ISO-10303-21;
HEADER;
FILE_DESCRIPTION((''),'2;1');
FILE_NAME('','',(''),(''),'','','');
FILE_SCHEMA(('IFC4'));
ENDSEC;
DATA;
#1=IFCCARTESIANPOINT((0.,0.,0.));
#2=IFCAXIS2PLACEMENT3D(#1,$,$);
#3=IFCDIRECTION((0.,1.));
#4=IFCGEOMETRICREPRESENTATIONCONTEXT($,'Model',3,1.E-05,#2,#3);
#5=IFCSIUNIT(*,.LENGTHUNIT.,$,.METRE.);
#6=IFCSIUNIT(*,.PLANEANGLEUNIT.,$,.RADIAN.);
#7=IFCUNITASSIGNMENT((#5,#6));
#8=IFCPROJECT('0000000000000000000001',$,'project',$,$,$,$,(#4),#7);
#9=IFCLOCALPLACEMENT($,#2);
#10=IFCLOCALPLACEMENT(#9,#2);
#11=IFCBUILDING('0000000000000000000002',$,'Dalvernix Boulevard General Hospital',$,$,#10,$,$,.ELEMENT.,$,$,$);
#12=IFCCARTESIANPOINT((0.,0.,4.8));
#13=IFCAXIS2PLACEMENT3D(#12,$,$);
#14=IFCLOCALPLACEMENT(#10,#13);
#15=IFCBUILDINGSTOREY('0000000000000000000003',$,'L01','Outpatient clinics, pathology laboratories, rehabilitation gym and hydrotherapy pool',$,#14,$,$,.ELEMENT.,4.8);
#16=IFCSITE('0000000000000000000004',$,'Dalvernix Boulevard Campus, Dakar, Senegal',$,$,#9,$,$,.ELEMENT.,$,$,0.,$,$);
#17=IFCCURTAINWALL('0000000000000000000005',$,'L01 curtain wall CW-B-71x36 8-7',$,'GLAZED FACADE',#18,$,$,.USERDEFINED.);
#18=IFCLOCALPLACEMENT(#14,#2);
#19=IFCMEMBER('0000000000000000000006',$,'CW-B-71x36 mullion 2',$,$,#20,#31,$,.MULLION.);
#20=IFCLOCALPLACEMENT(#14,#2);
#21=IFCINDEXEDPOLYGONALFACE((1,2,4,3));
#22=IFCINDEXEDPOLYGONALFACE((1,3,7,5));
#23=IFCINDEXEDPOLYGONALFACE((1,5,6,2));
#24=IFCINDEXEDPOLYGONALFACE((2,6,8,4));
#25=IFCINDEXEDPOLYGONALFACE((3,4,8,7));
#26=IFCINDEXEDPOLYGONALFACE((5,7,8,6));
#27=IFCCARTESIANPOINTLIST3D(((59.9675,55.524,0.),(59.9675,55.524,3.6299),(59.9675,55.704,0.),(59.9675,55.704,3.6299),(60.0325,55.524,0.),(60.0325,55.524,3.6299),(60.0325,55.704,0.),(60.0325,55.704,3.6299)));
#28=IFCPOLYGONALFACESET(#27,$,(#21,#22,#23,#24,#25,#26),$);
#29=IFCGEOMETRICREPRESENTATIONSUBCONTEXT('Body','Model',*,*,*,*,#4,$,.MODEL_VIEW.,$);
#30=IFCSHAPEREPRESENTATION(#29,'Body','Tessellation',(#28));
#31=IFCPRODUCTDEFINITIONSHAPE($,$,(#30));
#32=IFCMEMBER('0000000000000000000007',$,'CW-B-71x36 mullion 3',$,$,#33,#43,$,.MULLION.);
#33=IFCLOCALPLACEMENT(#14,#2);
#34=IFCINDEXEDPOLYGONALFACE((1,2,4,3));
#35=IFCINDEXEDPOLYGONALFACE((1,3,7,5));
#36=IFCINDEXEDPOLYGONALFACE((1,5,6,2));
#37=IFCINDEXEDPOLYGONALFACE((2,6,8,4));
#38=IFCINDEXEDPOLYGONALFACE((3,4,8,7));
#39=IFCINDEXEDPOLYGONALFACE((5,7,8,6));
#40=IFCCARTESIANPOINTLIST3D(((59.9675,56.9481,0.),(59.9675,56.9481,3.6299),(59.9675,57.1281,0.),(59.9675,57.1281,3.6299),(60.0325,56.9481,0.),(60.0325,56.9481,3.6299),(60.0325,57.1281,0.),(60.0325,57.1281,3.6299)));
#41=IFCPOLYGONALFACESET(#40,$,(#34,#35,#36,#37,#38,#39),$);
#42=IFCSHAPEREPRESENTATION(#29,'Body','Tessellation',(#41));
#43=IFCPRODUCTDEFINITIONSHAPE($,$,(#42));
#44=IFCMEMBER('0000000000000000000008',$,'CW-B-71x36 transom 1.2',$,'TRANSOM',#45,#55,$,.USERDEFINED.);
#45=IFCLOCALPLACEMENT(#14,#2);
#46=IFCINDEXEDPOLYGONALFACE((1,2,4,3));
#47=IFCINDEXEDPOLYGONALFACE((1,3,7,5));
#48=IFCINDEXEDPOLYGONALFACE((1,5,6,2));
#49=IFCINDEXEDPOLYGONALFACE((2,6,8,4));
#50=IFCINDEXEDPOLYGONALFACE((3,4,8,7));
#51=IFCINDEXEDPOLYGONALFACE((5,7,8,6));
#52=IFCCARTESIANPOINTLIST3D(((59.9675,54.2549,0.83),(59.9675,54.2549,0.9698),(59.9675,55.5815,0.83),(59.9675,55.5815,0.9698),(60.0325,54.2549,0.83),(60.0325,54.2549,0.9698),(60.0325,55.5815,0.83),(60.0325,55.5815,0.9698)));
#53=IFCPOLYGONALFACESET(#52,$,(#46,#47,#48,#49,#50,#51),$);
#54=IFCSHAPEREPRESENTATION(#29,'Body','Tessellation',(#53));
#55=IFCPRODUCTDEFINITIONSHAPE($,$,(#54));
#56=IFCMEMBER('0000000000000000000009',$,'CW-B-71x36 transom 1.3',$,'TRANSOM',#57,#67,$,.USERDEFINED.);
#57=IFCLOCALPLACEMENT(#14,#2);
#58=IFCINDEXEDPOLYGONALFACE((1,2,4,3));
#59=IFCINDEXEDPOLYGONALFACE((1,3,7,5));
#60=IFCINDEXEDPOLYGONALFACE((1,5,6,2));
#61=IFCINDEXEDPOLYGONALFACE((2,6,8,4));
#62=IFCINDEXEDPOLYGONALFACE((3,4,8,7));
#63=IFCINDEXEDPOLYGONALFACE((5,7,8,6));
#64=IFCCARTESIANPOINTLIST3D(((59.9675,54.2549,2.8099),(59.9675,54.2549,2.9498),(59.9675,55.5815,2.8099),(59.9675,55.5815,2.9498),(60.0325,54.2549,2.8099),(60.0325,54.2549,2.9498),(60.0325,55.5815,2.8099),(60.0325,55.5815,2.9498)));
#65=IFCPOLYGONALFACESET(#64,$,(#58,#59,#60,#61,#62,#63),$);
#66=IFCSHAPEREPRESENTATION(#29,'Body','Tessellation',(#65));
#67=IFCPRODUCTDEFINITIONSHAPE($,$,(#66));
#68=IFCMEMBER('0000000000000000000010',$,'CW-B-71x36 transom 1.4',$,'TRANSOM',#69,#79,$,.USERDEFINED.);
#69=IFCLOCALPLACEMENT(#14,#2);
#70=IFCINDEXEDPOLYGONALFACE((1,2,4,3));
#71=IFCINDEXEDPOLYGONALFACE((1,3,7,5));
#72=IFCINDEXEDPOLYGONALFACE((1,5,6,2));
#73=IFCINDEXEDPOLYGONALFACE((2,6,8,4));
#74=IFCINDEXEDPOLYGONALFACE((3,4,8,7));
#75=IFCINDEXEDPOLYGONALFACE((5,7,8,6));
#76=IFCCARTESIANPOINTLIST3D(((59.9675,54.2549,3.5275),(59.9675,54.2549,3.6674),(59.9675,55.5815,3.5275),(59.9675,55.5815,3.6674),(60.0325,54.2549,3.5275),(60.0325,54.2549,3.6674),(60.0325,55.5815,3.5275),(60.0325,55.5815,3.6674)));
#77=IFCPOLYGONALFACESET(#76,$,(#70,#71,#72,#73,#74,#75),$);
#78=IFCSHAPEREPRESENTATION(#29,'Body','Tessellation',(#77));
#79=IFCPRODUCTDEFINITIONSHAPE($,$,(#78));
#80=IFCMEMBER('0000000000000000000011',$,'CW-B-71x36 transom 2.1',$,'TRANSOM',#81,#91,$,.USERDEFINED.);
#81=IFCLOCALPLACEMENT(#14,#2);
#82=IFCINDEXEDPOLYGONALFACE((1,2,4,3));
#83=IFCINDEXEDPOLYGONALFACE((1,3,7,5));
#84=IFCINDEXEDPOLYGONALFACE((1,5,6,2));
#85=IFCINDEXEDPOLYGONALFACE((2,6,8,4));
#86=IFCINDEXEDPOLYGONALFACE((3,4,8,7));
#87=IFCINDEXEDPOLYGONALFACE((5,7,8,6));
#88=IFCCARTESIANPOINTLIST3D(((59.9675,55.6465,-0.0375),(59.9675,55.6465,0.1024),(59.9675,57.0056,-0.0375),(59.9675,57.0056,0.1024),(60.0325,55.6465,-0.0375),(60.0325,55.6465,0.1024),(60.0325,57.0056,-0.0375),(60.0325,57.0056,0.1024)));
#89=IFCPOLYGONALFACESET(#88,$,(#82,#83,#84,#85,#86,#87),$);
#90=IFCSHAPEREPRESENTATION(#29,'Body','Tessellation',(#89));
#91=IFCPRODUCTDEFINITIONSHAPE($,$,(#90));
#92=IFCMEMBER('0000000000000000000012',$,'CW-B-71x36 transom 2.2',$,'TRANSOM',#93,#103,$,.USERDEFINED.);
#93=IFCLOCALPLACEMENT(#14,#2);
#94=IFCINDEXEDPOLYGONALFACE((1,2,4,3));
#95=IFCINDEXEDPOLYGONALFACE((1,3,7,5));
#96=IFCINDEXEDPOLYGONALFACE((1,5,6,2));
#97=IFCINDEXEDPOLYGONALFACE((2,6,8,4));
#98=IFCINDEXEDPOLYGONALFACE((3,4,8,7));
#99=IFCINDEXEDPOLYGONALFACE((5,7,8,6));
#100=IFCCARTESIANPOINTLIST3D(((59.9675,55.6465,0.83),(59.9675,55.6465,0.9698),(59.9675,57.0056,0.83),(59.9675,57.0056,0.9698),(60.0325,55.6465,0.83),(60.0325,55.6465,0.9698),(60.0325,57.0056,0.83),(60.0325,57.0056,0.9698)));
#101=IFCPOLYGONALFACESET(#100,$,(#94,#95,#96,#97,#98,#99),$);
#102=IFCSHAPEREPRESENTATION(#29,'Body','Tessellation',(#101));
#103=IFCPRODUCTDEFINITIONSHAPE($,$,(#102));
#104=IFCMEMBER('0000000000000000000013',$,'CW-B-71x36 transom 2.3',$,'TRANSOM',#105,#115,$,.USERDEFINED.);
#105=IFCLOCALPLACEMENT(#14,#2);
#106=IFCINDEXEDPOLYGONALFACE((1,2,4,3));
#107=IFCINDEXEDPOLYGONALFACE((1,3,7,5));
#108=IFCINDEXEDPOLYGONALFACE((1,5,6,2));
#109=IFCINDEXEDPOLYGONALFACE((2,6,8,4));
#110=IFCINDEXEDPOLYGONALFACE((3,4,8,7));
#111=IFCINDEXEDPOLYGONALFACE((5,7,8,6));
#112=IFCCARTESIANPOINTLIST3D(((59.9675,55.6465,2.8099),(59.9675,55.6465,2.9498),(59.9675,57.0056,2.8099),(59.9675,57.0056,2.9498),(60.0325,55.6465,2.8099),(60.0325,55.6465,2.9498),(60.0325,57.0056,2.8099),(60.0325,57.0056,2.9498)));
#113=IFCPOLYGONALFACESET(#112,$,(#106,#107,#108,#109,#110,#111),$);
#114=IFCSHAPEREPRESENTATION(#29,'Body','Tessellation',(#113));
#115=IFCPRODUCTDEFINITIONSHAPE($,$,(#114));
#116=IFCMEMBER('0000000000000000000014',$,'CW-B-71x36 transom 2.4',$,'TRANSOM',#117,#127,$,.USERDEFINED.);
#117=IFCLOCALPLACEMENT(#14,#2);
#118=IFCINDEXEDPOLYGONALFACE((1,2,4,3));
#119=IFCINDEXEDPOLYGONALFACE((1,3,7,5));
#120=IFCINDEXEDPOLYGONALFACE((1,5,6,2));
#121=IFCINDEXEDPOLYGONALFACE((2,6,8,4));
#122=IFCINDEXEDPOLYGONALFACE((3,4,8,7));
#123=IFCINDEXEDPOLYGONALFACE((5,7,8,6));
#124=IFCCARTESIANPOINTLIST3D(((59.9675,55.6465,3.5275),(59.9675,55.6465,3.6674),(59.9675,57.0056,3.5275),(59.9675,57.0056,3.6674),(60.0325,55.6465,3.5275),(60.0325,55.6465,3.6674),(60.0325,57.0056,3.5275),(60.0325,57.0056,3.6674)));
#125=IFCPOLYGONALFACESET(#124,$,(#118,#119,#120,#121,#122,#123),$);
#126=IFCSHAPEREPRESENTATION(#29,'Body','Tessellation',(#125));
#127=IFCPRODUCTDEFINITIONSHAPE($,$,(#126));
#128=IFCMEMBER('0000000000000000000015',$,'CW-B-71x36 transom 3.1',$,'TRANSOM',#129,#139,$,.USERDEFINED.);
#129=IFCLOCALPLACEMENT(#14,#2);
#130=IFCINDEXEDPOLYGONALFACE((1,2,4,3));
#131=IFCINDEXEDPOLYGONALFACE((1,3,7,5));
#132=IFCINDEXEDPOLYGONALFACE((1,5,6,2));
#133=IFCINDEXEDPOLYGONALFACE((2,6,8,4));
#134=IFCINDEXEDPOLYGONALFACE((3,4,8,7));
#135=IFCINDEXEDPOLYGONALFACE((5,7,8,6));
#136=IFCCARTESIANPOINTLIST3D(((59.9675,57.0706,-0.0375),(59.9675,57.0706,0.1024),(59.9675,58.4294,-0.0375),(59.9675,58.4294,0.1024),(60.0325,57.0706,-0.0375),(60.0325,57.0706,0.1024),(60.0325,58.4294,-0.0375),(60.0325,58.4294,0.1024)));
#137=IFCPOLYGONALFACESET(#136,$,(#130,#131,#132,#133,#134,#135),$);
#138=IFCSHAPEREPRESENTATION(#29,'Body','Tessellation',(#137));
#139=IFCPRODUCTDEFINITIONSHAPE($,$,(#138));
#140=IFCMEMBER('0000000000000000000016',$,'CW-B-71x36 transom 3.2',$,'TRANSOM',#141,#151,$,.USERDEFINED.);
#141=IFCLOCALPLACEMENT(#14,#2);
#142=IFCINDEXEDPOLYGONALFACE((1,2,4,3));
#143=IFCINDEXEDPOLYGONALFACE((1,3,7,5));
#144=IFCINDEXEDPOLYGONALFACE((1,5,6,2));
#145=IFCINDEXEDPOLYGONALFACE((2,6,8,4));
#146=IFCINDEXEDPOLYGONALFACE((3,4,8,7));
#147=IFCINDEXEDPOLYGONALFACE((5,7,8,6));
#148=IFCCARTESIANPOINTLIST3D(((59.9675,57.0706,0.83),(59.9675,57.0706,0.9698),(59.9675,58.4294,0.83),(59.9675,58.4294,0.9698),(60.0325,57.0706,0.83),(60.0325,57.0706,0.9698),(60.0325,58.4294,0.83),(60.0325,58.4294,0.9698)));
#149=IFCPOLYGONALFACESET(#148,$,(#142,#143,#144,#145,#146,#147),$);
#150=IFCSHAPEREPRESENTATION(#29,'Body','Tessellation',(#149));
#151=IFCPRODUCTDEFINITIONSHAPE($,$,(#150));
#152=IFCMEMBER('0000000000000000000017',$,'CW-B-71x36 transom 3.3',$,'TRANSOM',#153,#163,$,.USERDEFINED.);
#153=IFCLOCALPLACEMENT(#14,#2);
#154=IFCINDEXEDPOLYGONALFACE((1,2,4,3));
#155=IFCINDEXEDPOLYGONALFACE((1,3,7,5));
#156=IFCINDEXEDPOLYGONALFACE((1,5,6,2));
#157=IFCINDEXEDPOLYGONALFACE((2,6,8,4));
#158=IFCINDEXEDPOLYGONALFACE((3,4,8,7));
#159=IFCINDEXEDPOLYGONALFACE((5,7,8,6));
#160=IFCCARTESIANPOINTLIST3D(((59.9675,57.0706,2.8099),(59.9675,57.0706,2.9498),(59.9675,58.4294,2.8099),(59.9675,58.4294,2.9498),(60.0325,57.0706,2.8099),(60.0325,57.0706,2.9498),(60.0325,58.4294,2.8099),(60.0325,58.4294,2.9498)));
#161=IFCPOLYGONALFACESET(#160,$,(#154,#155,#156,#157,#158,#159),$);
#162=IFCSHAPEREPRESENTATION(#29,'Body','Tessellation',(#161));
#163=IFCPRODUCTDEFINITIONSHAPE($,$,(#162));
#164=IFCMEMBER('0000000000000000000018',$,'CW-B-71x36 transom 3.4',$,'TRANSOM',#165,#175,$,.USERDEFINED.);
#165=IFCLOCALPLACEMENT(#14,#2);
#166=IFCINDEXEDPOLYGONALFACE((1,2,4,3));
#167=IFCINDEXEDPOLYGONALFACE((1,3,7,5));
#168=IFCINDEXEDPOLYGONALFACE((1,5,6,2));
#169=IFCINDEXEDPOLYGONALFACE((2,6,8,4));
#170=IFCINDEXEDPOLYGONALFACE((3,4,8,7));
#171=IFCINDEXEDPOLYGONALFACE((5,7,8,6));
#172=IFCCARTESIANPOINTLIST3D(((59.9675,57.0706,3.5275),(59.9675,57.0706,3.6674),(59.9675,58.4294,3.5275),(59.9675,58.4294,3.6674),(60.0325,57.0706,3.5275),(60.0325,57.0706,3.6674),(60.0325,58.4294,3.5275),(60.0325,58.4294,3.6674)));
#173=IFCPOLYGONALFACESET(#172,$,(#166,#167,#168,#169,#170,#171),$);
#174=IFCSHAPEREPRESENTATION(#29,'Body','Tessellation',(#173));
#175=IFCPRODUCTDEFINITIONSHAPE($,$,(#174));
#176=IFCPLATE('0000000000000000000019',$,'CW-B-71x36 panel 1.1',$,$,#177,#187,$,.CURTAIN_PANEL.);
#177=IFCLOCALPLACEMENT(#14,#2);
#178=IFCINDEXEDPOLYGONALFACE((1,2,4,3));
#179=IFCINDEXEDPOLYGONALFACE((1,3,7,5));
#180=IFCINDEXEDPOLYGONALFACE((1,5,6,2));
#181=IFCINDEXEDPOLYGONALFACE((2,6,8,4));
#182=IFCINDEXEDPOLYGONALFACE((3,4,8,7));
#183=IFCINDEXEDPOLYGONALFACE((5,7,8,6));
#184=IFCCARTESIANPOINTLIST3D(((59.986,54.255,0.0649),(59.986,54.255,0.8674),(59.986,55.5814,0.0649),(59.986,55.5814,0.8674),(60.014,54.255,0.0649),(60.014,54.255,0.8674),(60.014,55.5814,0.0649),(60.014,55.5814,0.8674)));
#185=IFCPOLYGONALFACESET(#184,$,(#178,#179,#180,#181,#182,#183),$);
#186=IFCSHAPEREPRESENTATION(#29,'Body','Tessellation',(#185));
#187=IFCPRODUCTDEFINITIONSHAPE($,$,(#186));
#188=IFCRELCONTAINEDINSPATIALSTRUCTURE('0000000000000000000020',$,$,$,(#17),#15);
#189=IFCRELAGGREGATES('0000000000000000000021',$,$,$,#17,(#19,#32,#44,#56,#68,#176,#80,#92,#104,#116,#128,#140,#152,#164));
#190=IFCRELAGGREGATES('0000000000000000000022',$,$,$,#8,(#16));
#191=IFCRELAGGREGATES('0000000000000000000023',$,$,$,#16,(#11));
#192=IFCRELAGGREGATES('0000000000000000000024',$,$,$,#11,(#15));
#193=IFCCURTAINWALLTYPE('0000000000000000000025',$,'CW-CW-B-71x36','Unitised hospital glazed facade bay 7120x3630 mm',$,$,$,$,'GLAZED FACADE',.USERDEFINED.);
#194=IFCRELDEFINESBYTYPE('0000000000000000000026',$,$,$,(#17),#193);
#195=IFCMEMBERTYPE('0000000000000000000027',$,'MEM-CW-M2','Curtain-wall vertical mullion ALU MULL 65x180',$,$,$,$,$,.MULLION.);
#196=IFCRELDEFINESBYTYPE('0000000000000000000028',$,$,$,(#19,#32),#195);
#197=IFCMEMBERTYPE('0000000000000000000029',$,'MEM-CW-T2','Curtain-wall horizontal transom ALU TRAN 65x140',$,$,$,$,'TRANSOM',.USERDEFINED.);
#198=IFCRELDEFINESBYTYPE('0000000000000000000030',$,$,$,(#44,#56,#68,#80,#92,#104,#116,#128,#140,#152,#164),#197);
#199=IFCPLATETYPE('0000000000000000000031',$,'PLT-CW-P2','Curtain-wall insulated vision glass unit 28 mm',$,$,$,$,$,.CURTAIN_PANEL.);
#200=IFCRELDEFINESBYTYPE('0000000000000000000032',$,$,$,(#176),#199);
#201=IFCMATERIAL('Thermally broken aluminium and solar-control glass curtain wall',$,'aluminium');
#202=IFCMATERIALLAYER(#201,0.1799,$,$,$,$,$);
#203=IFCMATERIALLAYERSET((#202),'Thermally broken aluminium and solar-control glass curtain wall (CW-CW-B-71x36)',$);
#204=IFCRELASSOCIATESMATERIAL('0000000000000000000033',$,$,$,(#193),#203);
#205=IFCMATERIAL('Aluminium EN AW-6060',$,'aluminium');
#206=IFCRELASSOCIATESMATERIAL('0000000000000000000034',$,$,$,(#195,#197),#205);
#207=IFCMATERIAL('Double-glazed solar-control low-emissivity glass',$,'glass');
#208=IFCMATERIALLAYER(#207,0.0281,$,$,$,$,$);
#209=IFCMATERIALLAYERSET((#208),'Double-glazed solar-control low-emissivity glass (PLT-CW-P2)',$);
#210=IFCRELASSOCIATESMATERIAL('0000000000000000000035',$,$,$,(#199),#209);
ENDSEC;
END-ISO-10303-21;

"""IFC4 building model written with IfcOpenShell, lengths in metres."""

from ifc_helpers import new_model, si_unit, direction, frame, origin, origin_2d, place, context, subcontext, project, spatial, rectangle, extrude, material, layer, layer_set, material_profile, profile_set, type_object, element, aggregate, save


model = new_model("IFC4")

# Units and contexts
model_context = context("Model", 3, precision=1e-05, world=origin(), true_north=direction((0.0, 1.0)))
body_context = subcontext(model_context, "Body", "Model", "MODEL_VIEW")
ifc_project = project(units=[si_unit("LENGTHUNIT", "METRE"), si_unit("PLANEANGLEUNIT", "RADIAN")], contexts=[model_context])

# Site, building, storey
site_placement = place(None, origin())
site = spatial("IfcSite", under=ifc_project, at=site_placement, Name="Dalvernix Boulevard Campus, Dakar, Senegal", CompositionType="ELEMENT", RefElevation=0.0)
building_placement = place(site_placement, origin())
building = spatial("IfcBuilding", under=site, at=building_placement, Name="Dalvernix Boulevard General Hospital", CompositionType="ELEMENT")
storey_placement = place(building_placement, frame((0.0, 0.0, 4.8)))
storey = spatial("IfcBuildingStorey", under=building, at=storey_placement, Name="L01", Description="Outpatient clinics, pathology laboratories, rehabilitation gym and hydrotherapy pool", CompositionType="ELEMENT", Elevation=4.8)

# Curtain wall, members, plate
ifc_material_1 = material(Name="Thermally broken aluminium and solar-control glass curtain wall", Category="aluminium")
ifc_layer_1 = layer(ifc_material_1, 0.1799)
ifc_layer_set_1 = layer_set([ifc_layer_1], Name="Thermally broken aluminium and solar-control glass curtain wall (CW-CW-B-71x36)")
curtain_wall_type = type_object("IfcCurtainWallType", Name="CW-CW-B-71x36", Description="Unitised hospital glazed facade bay 7120x3630 mm", ElementType="GLAZED FACADE", PredefinedType="USERDEFINED", material=ifc_layer_set_1)
curtain_wall_placement = place(storey_placement, origin())
curtain_wall = element("IfcCurtainWall", 1, at=curtain_wall_placement, inside=storey, type_object=curtain_wall_type, Name="L01 curtain wall CW-B-71x36 8-7", ObjectType="GLAZED FACADE", PredefinedType="USERDEFINED")
ifc_material_2 = material(Name="Aluminium EN AW-6060", Category="aluminium")
ifc_material_profile_1 = material_profile(ifc_material_2, rectangle(XDim=0.0649, YDim=0.1799, at=origin_2d()), Name="ALU MULL 65x180")
ifc_profile_set_1 = profile_set([ifc_material_profile_1], Name="Aluminium EN AW-6060")
member_type_1 = type_object("IfcMemberType", Name="MEM-CW-M2", Description="Curtain-wall vertical mullion ALU MULL 65x180", PredefinedType="MULLION", material=ifc_profile_set_1)
member_1_placement = place(storey_placement, frame((60.0, 55.614, 0.0), z_axis=(0.0, 0.0, 1.0), x_axis=(-1.0, 0.0, 0.0)))
member_1 = element("IfcMember", 2, at=member_1_placement, type_object=member_type_1, Name="CW-B-71x36 mullion 2", PredefinedType="MULLION", context=body_context, shape_type="SweptSolid", body=[
    extrude(rectangle(XDim=0.0649, YDim=0.1799, at=origin_2d()), origin(), (0.0, 0.0, 1.0), 3.6299),
])
member_2_placement = place(storey_placement, frame((60.0, 57.0381, 0.0), z_axis=(0.0, 0.0, 1.0), x_axis=(-1.0, 0.0, 0.0)))
member_2 = element("IfcMember", 3, at=member_2_placement, type_object=member_type_1, Name="CW-B-71x36 mullion 3", PredefinedType="MULLION", context=body_context, shape_type="SweptSolid", body=[
    extrude(rectangle(XDim=0.0649, YDim=0.1799, at=origin_2d()), origin(), (0.0, 0.0, 1.0), 3.6299),
])
ifc_material_profile_2 = material_profile(ifc_material_2, rectangle(XDim=0.0649, YDim=0.1399, at=origin_2d()), Name="ALU TRAN 65x140")
ifc_profile_set_2 = profile_set([ifc_material_profile_2], Name="Aluminium EN AW-6060")
member_type_2 = type_object("IfcMemberType", Name="MEM-CW-T2", Description="Curtain-wall horizontal transom ALU TRAN 65x140", ElementType="TRANSOM", PredefinedType="USERDEFINED", material=ifc_profile_set_2)
member_3_placement = place(storey_placement, frame((60.0, 54.2549, 0.8999), z_axis=(0.0, 1.0, 0.0), x_axis=(-1.0, 0.0, 0.0)))
member_3 = element("IfcMember", 4, at=member_3_placement, type_object=member_type_2, Name="CW-B-71x36 transom 1.2", ObjectType="TRANSOM", PredefinedType="USERDEFINED", context=body_context, shape_type="SweptSolid", body=[
    extrude(rectangle(XDim=0.0649, YDim=0.1399, at=origin_2d()), origin(), (0.0, 0.0, 1.0), 1.3267),
])
member_4_placement = place(storey_placement, frame((60.0, 54.2549, 2.8799), z_axis=(0.0, 1.0, 0.0), x_axis=(-1.0, 0.0, 0.0)))
member_4 = element("IfcMember", 5, at=member_4_placement, type_object=member_type_2, Name="CW-B-71x36 transom 1.3", ObjectType="TRANSOM", PredefinedType="USERDEFINED", context=body_context, shape_type="SweptSolid", body=[
    extrude(rectangle(XDim=0.0649, YDim=0.1399, at=origin_2d()), origin(), (0.0, 0.0, 1.0), 1.3267),
])
member_5_placement = place(storey_placement, frame((60.0, 54.2549, 3.5974), z_axis=(0.0, 1.0, 0.0), x_axis=(-1.0, 0.0, 0.0)))
member_5 = element("IfcMember", 6, at=member_5_placement, type_object=member_type_2, Name="CW-B-71x36 transom 1.4", ObjectType="TRANSOM", PredefinedType="USERDEFINED", context=body_context, shape_type="SweptSolid", body=[
    extrude(rectangle(XDim=0.0649, YDim=0.1399, at=origin_2d()), origin(), (0.0, 0.0, 1.0), 1.3267),
])
member_6_placement = place(storey_placement, frame((60.0, 55.6465, 0.0325), z_axis=(0.0, 1.0, 0.0), x_axis=(-1.0, 0.0, 0.0)))
member_6 = element("IfcMember", 7, at=member_6_placement, type_object=member_type_2, Name="CW-B-71x36 transom 2.1", ObjectType="TRANSOM", PredefinedType="USERDEFINED", context=body_context, shape_type="SweptSolid", body=[
    extrude(rectangle(XDim=0.0649, YDim=0.1399, at=origin_2d()), origin(), (0.0, 0.0, 1.0), 1.3591),
])
member_7_placement = place(storey_placement, frame((60.0, 55.6465, 0.8999), z_axis=(0.0, 1.0, 0.0), x_axis=(-1.0, 0.0, 0.0)))
member_7 = element("IfcMember", 8, at=member_7_placement, type_object=member_type_2, Name="CW-B-71x36 transom 2.2", ObjectType="TRANSOM", PredefinedType="USERDEFINED", context=body_context, shape_type="SweptSolid", body=[
    extrude(rectangle(XDim=0.0649, YDim=0.1399, at=origin_2d()), origin(), (0.0, 0.0, 1.0), 1.3591),
])
member_8_placement = place(storey_placement, frame((60.0, 55.6465, 2.8799), z_axis=(0.0, 1.0, 0.0), x_axis=(-1.0, 0.0, 0.0)))
member_8 = element("IfcMember", 9, at=member_8_placement, type_object=member_type_2, Name="CW-B-71x36 transom 2.3", ObjectType="TRANSOM", PredefinedType="USERDEFINED", context=body_context, shape_type="SweptSolid", body=[
    extrude(rectangle(XDim=0.0649, YDim=0.1399, at=origin_2d()), origin(), (0.0, 0.0, 1.0), 1.3591),
])
member_9_placement = place(storey_placement, frame((60.0, 55.6465, 3.5974), z_axis=(0.0, 1.0, 0.0), x_axis=(-1.0, 0.0, 0.0)))
member_9 = element("IfcMember", 10, at=member_9_placement, type_object=member_type_2, Name="CW-B-71x36 transom 2.4", ObjectType="TRANSOM", PredefinedType="USERDEFINED", context=body_context, shape_type="SweptSolid", body=[
    extrude(rectangle(XDim=0.0649, YDim=0.1399, at=origin_2d()), origin(), (0.0, 0.0, 1.0), 1.3591),
])
member_10_placement = place(storey_placement, frame((60.0, 57.0706, 0.0325), z_axis=(0.0, 1.0, 0.0), x_axis=(-1.0, 0.0, 0.0)))
member_10 = element("IfcMember", 11, at=member_10_placement, type_object=member_type_2, Name="CW-B-71x36 transom 3.1", ObjectType="TRANSOM", PredefinedType="USERDEFINED", context=body_context, shape_type="SweptSolid", body=[
    extrude(rectangle(XDim=0.0649, YDim=0.1399, at=origin_2d()), origin(), (0.0, 0.0, 1.0), 1.3589),
])
member_11_placement = place(storey_placement, frame((60.0, 57.0706, 0.8999), z_axis=(0.0, 1.0, 0.0), x_axis=(-1.0, 0.0, 0.0)))
member_11 = element("IfcMember", 12, at=member_11_placement, type_object=member_type_2, Name="CW-B-71x36 transom 3.2", ObjectType="TRANSOM", PredefinedType="USERDEFINED", context=body_context, shape_type="SweptSolid", body=[
    extrude(rectangle(XDim=0.0649, YDim=0.1399, at=origin_2d()), origin(), (0.0, 0.0, 1.0), 1.3589),
])
member_12_placement = place(storey_placement, frame((60.0, 57.0706, 2.8799), z_axis=(0.0, 1.0, 0.0), x_axis=(-1.0, 0.0, 0.0)))
member_12 = element("IfcMember", 13, at=member_12_placement, type_object=member_type_2, Name="CW-B-71x36 transom 3.3", ObjectType="TRANSOM", PredefinedType="USERDEFINED", context=body_context, shape_type="SweptSolid", body=[
    extrude(rectangle(XDim=0.0649, YDim=0.1399, at=origin_2d()), origin(), (0.0, 0.0, 1.0), 1.3589),
])
member_13_placement = place(storey_placement, frame((60.0, 57.0706, 3.5974), z_axis=(0.0, 1.0, 0.0), x_axis=(-1.0, 0.0, 0.0)))
member_13 = element("IfcMember", 14, at=member_13_placement, type_object=member_type_2, Name="CW-B-71x36 transom 3.4", ObjectType="TRANSOM", PredefinedType="USERDEFINED", context=body_context, shape_type="SweptSolid", body=[
    extrude(rectangle(XDim=0.0649, YDim=0.1399, at=origin_2d()), origin(), (0.0, 0.0, 1.0), 1.3589),
])
ifc_material_3 = material(Name="Double-glazed solar-control low-emissivity glass", Category="glass")
ifc_layer_2 = layer(ifc_material_3, 0.0281)
ifc_layer_set_2 = layer_set([ifc_layer_2], Name="Double-glazed solar-control low-emissivity glass (PLT-CW-P2)")
plate_type = type_object("IfcPlateType", Name="PLT-CW-P2", Description="Curtain-wall insulated vision glass unit 28 mm", PredefinedType="CURTAIN_PANEL", material=ifc_layer_set_2)
plate_1_placement = place(storey_placement, frame((60.0, 54.9182, 0.0649), z_axis=(0.0, 0.0, 1.0), x_axis=(0.0, 1.0, 0.0)))
plate_1 = element("IfcPlate", 15, at=plate_1_placement, type_object=plate_type, Name="CW-B-71x36 panel 1.1", PredefinedType="CURTAIN_PANEL", context=body_context, shape_type="SweptSolid", body=[
    extrude(rectangle(XDim=1.3264, YDim=0.0281, at=origin_2d()), origin(), (0.0, 0.0, 1.0), 0.8025),
])
aggregate(curtain_wall, [member_1, member_2, member_3, member_4, member_5, plate_1, member_6, member_7, member_8, member_9, member_10, member_11, member_12, member_13])

save(model, "model.ifc")
